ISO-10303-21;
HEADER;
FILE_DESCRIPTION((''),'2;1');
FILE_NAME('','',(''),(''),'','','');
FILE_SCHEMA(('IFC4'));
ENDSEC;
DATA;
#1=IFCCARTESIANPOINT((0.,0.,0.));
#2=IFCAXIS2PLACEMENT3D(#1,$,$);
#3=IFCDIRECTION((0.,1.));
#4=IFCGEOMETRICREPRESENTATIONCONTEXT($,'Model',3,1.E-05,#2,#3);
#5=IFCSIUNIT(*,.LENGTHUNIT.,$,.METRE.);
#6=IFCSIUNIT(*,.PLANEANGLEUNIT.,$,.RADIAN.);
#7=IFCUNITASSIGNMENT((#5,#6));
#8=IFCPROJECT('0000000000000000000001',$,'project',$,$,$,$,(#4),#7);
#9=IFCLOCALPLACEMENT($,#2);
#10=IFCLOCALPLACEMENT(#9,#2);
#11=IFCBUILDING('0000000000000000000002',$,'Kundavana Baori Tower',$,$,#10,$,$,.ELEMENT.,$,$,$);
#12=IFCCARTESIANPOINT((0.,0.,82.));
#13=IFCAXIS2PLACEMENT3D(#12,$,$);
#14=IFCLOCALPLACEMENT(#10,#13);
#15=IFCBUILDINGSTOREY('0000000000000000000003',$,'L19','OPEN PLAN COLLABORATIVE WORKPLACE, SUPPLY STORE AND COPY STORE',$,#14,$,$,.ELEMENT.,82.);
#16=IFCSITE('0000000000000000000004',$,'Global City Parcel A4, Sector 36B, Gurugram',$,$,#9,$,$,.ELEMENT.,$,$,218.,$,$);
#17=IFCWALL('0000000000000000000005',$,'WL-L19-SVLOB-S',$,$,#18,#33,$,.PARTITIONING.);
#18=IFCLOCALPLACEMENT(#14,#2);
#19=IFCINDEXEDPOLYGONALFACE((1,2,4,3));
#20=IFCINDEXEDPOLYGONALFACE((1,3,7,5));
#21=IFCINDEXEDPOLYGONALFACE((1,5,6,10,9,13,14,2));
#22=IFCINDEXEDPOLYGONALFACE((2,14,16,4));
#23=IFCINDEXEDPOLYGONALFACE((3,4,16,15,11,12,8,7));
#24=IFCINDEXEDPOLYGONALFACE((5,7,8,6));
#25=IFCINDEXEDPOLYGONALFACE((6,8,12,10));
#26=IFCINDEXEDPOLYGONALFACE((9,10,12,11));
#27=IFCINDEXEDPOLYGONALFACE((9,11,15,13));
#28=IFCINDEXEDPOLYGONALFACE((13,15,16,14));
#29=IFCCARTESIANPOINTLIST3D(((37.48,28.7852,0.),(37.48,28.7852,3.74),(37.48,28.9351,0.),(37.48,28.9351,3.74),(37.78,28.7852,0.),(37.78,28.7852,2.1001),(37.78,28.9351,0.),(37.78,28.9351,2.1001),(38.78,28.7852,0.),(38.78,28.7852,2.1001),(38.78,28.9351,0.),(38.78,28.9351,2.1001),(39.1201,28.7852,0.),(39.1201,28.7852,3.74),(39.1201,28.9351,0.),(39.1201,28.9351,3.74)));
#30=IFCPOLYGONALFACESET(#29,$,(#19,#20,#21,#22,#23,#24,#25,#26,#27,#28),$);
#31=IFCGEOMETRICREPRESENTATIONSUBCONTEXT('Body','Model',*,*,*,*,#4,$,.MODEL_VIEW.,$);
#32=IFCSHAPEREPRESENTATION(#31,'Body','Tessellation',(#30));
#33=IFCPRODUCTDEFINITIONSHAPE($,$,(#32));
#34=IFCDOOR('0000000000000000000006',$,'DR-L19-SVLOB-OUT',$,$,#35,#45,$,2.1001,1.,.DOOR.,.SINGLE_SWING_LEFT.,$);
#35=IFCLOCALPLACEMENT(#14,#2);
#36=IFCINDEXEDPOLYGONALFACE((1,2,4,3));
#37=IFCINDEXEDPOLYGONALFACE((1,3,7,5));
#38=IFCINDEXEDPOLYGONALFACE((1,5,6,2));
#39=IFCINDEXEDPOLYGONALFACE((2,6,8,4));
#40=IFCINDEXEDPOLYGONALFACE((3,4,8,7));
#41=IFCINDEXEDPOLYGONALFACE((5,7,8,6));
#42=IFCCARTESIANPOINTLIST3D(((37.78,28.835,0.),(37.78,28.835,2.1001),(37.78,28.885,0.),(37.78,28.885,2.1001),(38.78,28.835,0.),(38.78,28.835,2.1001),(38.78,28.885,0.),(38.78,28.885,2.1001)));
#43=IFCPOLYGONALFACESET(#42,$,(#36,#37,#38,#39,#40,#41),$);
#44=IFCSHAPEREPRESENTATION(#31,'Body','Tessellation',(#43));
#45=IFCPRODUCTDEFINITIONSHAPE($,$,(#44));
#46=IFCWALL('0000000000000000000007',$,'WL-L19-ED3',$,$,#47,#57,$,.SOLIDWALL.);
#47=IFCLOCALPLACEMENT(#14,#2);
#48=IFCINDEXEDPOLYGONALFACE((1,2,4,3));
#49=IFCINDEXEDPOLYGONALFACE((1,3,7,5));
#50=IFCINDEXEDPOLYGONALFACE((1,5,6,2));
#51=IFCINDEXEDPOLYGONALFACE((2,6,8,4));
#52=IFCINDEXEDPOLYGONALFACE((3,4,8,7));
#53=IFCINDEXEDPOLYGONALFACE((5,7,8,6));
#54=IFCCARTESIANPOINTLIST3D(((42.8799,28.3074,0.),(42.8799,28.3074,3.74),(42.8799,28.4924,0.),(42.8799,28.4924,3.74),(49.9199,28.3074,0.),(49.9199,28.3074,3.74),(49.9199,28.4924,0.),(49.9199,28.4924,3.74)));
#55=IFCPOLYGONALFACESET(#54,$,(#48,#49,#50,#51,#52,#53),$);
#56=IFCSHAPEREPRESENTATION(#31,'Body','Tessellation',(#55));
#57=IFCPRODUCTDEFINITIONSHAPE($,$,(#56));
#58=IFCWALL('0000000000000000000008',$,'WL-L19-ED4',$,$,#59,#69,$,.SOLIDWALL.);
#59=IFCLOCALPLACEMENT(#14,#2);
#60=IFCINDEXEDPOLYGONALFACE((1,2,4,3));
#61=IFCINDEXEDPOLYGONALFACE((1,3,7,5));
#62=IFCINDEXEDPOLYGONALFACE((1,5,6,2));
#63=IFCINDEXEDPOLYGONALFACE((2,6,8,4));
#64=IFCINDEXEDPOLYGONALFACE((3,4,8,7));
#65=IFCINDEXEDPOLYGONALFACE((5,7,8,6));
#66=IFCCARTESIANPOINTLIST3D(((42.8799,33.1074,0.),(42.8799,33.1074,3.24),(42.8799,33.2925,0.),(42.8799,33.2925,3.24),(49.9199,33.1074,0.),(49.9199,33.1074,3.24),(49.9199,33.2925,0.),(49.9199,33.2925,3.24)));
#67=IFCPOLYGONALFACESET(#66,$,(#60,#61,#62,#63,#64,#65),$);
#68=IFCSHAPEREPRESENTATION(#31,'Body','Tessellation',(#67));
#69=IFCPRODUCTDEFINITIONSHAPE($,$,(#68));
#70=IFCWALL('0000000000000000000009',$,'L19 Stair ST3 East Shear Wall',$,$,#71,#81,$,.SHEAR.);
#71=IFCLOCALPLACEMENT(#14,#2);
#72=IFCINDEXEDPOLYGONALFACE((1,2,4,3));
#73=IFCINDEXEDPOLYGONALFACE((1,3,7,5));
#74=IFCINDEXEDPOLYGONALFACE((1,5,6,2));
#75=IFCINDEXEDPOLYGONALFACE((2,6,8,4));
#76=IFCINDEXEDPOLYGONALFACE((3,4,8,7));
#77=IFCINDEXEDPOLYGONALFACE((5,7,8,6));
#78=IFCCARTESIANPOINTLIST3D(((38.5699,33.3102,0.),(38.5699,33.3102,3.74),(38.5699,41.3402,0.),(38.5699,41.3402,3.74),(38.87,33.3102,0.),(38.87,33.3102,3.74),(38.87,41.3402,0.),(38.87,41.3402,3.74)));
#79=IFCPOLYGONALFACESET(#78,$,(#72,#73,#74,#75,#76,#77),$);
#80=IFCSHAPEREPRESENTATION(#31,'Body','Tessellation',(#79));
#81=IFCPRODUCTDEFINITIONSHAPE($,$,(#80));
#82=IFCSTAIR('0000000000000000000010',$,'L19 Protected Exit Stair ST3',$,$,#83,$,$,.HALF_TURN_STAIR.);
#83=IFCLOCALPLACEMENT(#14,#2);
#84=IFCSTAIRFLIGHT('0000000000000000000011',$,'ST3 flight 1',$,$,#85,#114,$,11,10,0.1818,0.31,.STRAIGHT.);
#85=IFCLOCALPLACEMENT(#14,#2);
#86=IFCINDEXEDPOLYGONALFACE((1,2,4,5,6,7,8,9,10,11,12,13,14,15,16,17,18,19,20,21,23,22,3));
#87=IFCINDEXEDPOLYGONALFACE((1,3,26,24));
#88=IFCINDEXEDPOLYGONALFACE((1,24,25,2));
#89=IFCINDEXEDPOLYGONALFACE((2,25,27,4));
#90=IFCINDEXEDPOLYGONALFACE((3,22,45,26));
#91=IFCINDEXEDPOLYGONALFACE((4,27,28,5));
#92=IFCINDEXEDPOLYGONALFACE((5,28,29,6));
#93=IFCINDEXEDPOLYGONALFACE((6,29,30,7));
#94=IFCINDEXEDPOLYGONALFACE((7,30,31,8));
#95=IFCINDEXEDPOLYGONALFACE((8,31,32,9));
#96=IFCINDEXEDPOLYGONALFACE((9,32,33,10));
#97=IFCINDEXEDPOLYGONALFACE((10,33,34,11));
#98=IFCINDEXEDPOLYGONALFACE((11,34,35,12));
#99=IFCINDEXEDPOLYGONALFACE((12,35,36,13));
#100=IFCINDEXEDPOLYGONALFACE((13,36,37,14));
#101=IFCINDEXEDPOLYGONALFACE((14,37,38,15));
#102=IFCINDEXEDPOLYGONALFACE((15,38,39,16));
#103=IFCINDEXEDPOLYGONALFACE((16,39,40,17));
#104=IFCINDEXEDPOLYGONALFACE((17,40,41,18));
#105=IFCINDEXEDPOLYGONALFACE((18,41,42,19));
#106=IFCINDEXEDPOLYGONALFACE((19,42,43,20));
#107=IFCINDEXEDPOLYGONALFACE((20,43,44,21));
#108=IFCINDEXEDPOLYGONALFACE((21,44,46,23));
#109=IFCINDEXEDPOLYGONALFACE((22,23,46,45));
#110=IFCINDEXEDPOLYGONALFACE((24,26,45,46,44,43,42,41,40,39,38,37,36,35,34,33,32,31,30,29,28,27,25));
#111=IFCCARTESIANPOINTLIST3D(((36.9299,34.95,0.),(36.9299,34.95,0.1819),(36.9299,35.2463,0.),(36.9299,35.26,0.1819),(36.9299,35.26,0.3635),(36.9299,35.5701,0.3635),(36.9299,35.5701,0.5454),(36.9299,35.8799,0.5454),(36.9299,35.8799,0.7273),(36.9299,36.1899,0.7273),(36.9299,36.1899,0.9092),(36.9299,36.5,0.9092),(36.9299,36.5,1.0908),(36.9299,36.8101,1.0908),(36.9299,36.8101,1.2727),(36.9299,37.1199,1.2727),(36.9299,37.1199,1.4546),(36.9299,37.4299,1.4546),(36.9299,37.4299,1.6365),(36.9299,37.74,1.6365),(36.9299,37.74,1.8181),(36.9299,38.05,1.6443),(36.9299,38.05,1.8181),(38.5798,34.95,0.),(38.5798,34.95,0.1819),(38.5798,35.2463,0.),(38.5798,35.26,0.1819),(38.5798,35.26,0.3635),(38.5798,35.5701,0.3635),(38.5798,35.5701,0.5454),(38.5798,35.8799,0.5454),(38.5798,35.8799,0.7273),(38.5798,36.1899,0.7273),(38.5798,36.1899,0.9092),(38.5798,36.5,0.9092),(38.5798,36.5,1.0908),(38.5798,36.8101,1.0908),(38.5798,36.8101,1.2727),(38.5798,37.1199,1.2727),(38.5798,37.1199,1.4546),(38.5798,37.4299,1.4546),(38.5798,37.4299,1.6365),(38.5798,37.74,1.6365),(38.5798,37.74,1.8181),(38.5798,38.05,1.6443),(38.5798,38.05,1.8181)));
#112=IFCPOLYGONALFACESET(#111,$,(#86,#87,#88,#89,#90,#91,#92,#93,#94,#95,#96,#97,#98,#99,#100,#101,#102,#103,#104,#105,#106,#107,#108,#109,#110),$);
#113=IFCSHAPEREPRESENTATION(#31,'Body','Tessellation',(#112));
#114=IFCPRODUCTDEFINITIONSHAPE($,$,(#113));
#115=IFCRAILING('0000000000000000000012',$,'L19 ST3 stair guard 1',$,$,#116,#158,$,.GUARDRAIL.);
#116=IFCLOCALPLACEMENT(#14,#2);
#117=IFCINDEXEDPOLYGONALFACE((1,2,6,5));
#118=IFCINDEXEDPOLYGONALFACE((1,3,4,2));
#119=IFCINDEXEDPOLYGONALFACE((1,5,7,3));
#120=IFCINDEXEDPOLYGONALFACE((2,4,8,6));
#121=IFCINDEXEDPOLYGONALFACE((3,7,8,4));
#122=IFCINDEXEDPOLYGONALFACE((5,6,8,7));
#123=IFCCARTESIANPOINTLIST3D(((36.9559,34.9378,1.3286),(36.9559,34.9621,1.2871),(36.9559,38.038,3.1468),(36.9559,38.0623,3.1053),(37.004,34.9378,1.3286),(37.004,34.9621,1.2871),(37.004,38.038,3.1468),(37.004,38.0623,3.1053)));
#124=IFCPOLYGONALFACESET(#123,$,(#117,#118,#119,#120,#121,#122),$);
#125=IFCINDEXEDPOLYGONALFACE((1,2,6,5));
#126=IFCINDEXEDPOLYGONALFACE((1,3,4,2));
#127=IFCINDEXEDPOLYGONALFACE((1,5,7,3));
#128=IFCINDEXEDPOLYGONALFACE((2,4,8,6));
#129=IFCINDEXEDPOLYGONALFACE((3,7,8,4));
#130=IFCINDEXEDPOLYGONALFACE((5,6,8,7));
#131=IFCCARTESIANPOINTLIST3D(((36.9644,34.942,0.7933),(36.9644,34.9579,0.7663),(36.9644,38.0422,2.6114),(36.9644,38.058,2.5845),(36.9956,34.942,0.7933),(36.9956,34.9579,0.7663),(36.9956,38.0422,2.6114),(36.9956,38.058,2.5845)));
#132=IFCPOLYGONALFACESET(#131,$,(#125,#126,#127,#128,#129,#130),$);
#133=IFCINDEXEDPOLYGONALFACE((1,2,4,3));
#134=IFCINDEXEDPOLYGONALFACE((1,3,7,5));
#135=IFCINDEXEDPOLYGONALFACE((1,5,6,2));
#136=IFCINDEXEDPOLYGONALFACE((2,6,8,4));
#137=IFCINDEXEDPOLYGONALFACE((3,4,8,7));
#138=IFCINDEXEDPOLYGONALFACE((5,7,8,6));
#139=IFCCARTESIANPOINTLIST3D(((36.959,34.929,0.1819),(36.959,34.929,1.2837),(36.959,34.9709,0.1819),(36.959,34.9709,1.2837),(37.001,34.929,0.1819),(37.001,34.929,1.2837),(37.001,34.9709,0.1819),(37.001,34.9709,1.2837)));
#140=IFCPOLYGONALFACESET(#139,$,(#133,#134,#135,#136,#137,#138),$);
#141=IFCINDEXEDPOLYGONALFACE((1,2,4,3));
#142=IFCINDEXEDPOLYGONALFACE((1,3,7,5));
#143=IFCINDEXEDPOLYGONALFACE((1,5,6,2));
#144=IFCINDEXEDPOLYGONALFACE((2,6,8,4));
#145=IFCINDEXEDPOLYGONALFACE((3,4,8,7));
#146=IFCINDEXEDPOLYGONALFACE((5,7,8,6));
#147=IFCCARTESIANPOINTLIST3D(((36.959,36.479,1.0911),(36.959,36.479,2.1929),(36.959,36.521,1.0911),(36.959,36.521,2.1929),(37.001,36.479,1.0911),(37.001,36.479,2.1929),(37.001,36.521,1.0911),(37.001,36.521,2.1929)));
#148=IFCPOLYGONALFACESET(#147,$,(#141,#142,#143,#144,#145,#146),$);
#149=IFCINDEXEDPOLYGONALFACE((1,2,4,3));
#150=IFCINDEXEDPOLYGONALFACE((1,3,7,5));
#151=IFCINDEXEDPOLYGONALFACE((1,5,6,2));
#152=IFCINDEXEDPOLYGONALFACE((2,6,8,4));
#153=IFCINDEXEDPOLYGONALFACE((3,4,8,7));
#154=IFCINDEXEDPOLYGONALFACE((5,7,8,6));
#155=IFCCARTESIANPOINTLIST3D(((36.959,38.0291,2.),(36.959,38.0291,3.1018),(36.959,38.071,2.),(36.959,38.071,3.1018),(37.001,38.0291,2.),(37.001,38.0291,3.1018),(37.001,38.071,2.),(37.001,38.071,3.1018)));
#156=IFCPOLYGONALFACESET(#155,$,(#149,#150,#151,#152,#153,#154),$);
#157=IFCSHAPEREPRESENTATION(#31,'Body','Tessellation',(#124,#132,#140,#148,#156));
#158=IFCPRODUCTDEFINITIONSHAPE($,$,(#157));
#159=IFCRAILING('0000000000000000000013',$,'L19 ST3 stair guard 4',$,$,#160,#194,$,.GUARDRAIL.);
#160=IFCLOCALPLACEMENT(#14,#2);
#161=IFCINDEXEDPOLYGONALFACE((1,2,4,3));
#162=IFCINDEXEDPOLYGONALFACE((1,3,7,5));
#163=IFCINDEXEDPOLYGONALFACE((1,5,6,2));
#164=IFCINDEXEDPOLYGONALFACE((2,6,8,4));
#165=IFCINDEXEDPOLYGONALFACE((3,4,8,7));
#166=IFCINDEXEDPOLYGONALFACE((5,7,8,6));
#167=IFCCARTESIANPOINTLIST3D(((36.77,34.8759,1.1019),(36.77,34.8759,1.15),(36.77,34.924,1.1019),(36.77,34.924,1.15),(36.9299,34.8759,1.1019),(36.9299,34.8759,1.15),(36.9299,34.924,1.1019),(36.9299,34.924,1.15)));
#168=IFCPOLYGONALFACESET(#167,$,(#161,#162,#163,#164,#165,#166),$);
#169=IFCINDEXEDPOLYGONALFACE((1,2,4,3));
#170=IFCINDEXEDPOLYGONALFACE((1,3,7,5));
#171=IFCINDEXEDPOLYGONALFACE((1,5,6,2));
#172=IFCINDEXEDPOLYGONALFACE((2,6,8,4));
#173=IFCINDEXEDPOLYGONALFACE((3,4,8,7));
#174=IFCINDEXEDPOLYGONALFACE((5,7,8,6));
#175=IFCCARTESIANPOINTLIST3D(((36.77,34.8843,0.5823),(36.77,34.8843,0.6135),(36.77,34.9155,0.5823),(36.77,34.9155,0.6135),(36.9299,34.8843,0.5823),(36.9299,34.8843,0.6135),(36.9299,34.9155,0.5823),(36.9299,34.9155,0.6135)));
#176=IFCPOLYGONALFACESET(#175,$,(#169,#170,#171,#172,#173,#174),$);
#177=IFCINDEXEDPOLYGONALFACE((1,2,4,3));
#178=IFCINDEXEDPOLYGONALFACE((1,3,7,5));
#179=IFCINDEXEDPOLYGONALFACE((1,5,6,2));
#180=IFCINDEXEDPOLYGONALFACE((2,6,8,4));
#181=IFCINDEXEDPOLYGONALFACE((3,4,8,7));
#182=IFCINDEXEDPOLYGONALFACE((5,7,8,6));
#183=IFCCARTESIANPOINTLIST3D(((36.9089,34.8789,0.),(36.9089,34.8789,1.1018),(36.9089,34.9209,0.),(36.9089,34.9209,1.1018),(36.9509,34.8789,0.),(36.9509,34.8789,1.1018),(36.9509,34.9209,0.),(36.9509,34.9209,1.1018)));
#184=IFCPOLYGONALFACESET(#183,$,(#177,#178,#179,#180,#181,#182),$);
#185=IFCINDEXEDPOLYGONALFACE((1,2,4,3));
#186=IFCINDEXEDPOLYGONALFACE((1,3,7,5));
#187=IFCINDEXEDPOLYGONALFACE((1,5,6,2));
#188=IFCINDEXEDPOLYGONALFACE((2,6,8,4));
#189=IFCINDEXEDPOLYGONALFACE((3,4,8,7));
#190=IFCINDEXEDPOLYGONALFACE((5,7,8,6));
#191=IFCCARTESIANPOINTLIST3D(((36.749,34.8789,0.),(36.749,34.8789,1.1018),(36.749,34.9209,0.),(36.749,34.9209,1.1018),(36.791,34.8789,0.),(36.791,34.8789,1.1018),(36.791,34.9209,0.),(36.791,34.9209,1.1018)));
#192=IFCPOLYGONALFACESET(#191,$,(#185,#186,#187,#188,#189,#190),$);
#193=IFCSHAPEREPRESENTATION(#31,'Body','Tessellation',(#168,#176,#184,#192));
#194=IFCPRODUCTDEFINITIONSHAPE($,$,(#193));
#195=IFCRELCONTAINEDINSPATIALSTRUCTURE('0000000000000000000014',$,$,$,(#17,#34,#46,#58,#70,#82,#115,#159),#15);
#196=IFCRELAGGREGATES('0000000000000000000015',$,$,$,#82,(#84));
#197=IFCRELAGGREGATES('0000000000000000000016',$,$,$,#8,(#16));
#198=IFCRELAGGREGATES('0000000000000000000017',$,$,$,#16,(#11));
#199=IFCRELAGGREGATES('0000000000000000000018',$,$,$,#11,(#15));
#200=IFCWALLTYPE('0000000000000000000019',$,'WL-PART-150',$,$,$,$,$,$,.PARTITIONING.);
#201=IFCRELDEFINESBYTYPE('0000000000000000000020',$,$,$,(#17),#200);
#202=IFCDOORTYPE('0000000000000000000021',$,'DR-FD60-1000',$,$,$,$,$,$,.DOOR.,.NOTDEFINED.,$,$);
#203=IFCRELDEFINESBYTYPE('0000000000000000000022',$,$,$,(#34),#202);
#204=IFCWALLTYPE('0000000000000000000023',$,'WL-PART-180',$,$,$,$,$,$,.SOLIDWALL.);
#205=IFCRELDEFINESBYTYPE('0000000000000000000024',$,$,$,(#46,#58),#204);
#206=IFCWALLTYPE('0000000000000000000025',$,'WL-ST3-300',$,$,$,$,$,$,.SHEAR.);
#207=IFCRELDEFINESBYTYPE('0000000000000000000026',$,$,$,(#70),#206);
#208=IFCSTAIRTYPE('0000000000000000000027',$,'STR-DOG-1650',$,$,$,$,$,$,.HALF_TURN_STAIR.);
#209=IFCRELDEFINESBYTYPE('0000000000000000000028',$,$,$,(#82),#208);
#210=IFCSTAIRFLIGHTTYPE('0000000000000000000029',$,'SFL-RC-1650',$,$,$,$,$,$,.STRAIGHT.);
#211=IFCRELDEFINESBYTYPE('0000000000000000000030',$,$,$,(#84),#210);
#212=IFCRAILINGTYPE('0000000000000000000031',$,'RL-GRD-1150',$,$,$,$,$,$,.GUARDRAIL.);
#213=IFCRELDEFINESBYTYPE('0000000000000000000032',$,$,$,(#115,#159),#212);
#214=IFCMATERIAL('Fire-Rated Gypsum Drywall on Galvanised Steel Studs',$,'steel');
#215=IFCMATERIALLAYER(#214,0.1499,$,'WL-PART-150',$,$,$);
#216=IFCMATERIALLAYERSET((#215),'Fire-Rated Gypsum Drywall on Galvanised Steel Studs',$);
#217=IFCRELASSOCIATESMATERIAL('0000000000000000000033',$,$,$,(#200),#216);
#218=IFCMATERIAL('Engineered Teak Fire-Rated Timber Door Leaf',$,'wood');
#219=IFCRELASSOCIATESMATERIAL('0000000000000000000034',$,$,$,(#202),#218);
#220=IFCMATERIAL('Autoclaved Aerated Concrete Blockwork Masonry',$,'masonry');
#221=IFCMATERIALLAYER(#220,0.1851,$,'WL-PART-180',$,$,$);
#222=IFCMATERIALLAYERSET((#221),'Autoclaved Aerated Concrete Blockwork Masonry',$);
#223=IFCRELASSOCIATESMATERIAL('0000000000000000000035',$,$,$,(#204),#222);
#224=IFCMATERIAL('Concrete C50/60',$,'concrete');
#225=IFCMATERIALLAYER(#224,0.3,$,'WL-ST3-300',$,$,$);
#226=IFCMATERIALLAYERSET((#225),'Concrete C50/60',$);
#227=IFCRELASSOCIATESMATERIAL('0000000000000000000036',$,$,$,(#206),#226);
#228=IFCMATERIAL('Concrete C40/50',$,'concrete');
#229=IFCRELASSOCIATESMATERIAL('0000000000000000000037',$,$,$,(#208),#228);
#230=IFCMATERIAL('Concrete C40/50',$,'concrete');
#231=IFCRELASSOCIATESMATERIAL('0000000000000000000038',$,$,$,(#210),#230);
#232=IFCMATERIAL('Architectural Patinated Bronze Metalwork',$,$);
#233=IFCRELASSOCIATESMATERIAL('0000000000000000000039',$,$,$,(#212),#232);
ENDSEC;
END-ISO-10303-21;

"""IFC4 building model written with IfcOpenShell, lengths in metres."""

from ifc_helpers import new_model, si_unit, direction, frame, frame_2d, origin, origin_2d, place, context, subcontext, project, spatial, polyline, rectangle, outline, extrude, material, layer, layer_set, type_object, element, fill, aggregate, save


model = new_model("IFC4")

# Units and contexts
model_context = context("Model", 3, precision=1e-05, world=origin(), true_north=direction((0.0, 1.0)))
body_context = subcontext(model_context, "Body", "Model", "MODEL_VIEW")
ifc_project = project(units=[si_unit("LENGTHUNIT", "METRE"), si_unit("PLANEANGLEUNIT", "RADIAN")], contexts=[model_context])

# Site, building, storey
site_placement = place(None, origin())
site = spatial("IfcSite", under=ifc_project, at=site_placement, Name="Global City Parcel A4, Sector 36B, Gurugram", CompositionType="ELEMENT", RefElevation=218.0)
building_placement = place(site_placement, origin())
building = spatial("IfcBuilding", under=site, at=building_placement, Name="Kundavana Baori Tower", CompositionType="ELEMENT")
storey_placement = place(building_placement, frame((0.0, 0.0, 82.0)))
storey = spatial("IfcBuildingStorey", under=building, at=storey_placement, Name="L19", Description="OPEN PLAN COLLABORATIVE WORKPLACE, SUPPLY STORE AND COPY STORE", CompositionType="ELEMENT", Elevation=82.0)

# Shared definitions
ifc_material_1 = material(Name="Fire-Rated Gypsum Drywall on Galvanised Steel Studs", Category="steel")
ifc_layer_1 = layer(ifc_material_1, 0.1499, Name="WL-PART-150")
ifc_layer_set_1 = layer_set([ifc_layer_1], Name="Fire-Rated Gypsum Drywall on Galvanised Steel Studs")
wall_type_1 = type_object("IfcWallType", Name="WL-PART-150", PredefinedType="PARTITIONING", material=ifc_layer_set_1)

# Wall, opening, door
wall_1_placement = place(storey_placement, frame((37.48, 28.8601, 0.0), z_axis=(0.0, 0.0, 1.0), x_axis=(1.0, 0.0, 0.0)))
wall_1 = element("IfcWall", 1, at=wall_1_placement, inside=storey, type_object=wall_type_1, Name="WL-L19-SVLOB-S", PredefinedType="PARTITIONING", context=body_context, shape_type="SweptSolid", body=[
    extrude(rectangle(XDim=1.6401, YDim=0.1499, at=frame_2d((0.8201, 0.0))), origin(), (0.0, 0.0, 1.0), 3.74),
])
opening_1_placement = place(wall_1_placement, frame((0.3, 0.0, 0.0)))
opening_1 = element("IfcOpeningElement", 2, at=opening_1_placement, cuts=wall_1, PredefinedType="OPENING", context=body_context, shape_type="SweptSolid", body=[
    extrude(rectangle(XDim=1.0, YDim=2.1001, at=frame_2d((0.5, 1.05))), frame((0.0, 0.085, 0.0), z_axis=(0.0, -1.0, 0.0), x_axis=(1.0, 0.0, 0.0)), (0.0, 0.0, 1.0), 0.1699),
])
ifc_material_2 = material(Name="Engineered Teak Fire-Rated Timber Door Leaf", Category="wood")
door_type_1 = type_object("IfcDoorType", Name="DR-FD60-1000", OperationType="NOTDEFINED", PredefinedType="DOOR", material=ifc_material_2)
door_1_placement = place(opening_1_placement, origin())
door_1 = element("IfcDoor", 3, at=door_1_placement, inside=storey, type_object=door_type_1, Name="DR-L19-SVLOB-OUT", OperationType="SINGLE_SWING_LEFT", OverallHeight=2.1001, OverallWidth=1.0, PredefinedType="DOOR", context=body_context, shape_type="SweptSolid", body=[
    extrude(rectangle(XDim=1.0, YDim=2.1001, at=frame_2d((0.5, 1.05))), frame((0.0, 0.0249, 0.0), z_axis=(0.0, -1.0, 0.0), x_axis=(1.0, 0.0, 0.0)), (0.0, 0.0, 1.0), 0.05),
])
fill(opening_1, door_1)

# Walls
ifc_material_3 = material(Name="Autoclaved Aerated Concrete Blockwork Masonry", Category="masonry")
ifc_layer_2 = layer(ifc_material_3, 0.1851, Name="WL-PART-180")
ifc_layer_set_2 = layer_set([ifc_layer_2], Name="Autoclaved Aerated Concrete Blockwork Masonry")
wall_type_2 = type_object("IfcWallType", Name="WL-PART-180", PredefinedType="SOLIDWALL", material=ifc_layer_set_2)
wall_2_placement = place(storey_placement, frame((42.8799, 28.3999, 0.0), z_axis=(0.0, 0.0, 1.0), x_axis=(1.0, 0.0, 0.0)))
element("IfcWall", 4, at=wall_2_placement, inside=storey, type_object=wall_type_2, Name="WL-L19-ED3", PredefinedType="SOLIDWALL", context=body_context, shape_type="SweptSolid", body=[
    extrude(rectangle(XDim=7.04, YDim=0.1851, at=frame_2d((3.52, 0.0))), origin(), (0.0, 0.0, 1.0), 3.74),
])
wall_3_placement = place(storey_placement, frame((42.8799, 33.2, 0.0), z_axis=(0.0, 0.0, 1.0), x_axis=(1.0, 0.0, 0.0)))
element("IfcWall", 5, at=wall_3_placement, inside=storey, type_object=wall_type_2, Name="WL-L19-ED4", PredefinedType="SOLIDWALL", context=body_context, shape_type="SweptSolid", body=[
    extrude(rectangle(XDim=7.04, YDim=0.1851, at=frame_2d((3.52, 0.0))), origin(), (0.0, 0.0, 1.0), 3.24),
])

# Wall
ifc_material_4 = material(Name="Concrete C50/60", Category="concrete")
ifc_layer_3 = layer(ifc_material_4, 0.3, Name="WL-ST3-300")
ifc_layer_set_3 = layer_set([ifc_layer_3], Name="Concrete C50/60")
wall_type_3 = type_object("IfcWallType", Name="WL-ST3-300", PredefinedType="SHEAR", material=ifc_layer_set_3)
wall_4_placement = place(storey_placement, frame((38.72, 33.3101, 0.0), z_axis=(0.0, 0.0, 1.0), x_axis=(0.0, 1.0, 0.0)))
element("IfcWall", 6, at=wall_4_placement, inside=storey, type_object=wall_type_3, Name="L19 Stair ST3 East Shear Wall", PredefinedType="SHEAR", context=body_context, shape_type="SweptSolid", body=[
    extrude(rectangle(XDim=8.03, YDim=0.3, at=frame_2d((4.0151, 0.0))), origin(), (0.0, 0.0, 1.0), 3.74),
])

# Stair, stair flight
ifc_material_5 = material(Name="Concrete C40/50", Category="concrete")
stair_type = type_object("IfcStairType", Name="STR-DOG-1650", PredefinedType="HALF_TURN_STAIR", material=ifc_material_5)
stair_placement = place(storey_placement, origin())
stair = element("IfcStair", 7, at=stair_placement, inside=storey, type_object=stair_type, Name="L19 Protected Exit Stair ST3", PredefinedType="HALF_TURN_STAIR")
ifc_material_6 = material(Name="Concrete C40/50", Category="concrete")
stair_flight_type = type_object("IfcStairFlightType", Name="SFL-RC-1650", PredefinedType="STRAIGHT", material=ifc_material_6)
stair_flight_placement = place(storey_placement, frame((37.7549, 34.95, 0.0), z_axis=(0.0, 0.0, 1.0), x_axis=(0.0, 1.0, 0.0)))
stair_flight = element("IfcStairFlight", 8, at=stair_flight_placement, type_object=stair_flight_type, Name="ST3 flight 1", NumberOfRisers=11, NumberOfTreads=10, PredefinedType="STRAIGHT", RiserHeight=0.1818, TreadLength=0.31, context=body_context, shape_type="SweptSolid", body=[
    extrude(outline(polyline([(0.0, 0.0), (0.0, 0.1819), (0.3101, 0.1819), (0.3101, 0.3635), (0.6201, 0.3635), (0.6201, 0.5454), (0.9299, 0.5454), (0.9299, 0.7273), (1.24, 0.7273), (1.24, 0.9092), (1.55, 0.9092), (1.55, 1.0908), (1.8601, 1.0908), (1.8601, 1.2727), (2.1699, 1.2727), (2.1699, 1.4546), (2.48, 1.4546), (2.48, 1.6365), (2.79, 1.6365), (2.79, 1.8181), (3.1001, 1.8181), (3.1001, 2.0), (3.1001, 1.6443), (0.2964, 0.0), (0.0, 0.0)])), frame((0.0, 0.825, 0.0), z_axis=(0.0, -1.0, 0.0), x_axis=(1.0, 0.0, 0.0)), (0.0, 0.0, 1.0), 1.6499),
])
aggregate(stair, [stair_flight])

# Railings
ifc_material_7 = material(Name="Architectural Patinated Bronze Metalwork")
railing_type = type_object("IfcRailingType", Name="RL-GRD-1150", PredefinedType="GUARDRAIL", material=ifc_material_7)
railing_1_placement = place(storey_placement, frame((36.98, 34.95, 0.1819)))
element("IfcRailing", 9, at=railing_1_placement, inside=storey, type_object=railing_type, Name="L19 ST3 stair guard 1", PredefinedType="GUARDRAIL", context=body_context, shape_type="SweptSolid", body=[
    extrude(rectangle(XDim=0.0481, YDim=0.0481, at=origin_2d()), frame((0.0, 0.0, 1.126), z_axis=(0.0, 0.862599, 0.505889), x_axis=(-1.0, 0.0, 0.0)), (0.0, 0.0, 1.0), 3.594),
    extrude(rectangle(XDim=0.0312, YDim=0.0312, at=origin_2d()), frame((0.0, 0.0, 0.5979), z_axis=(0.0, 0.862599, 0.505889), x_axis=(-1.0, 0.0, 0.0)), (0.0, 0.0, 1.0), 3.594),
    extrude(rectangle(XDim=0.042, YDim=0.042, at=origin_2d()), origin(), (0.0, 0.0, 1.0), 1.1018),
    extrude(rectangle(XDim=0.042, YDim=0.042, at=origin_2d()), frame((0.0, 1.55, 0.9092)), (0.0, 0.0, 1.0), 1.1018),
    extrude(rectangle(XDim=0.042, YDim=0.042, at=origin_2d()), frame((0.0, 3.1001, 1.8181)), (0.0, 0.0, 1.0), 1.1018),
])
railing_2_placement = place(storey_placement, frame((36.9299, 34.8999, 0.0)))
element("IfcRailing", 10, at=railing_2_placement, inside=storey, type_object=railing_type, Name="L19 ST3 stair guard 4", PredefinedType="GUARDRAIL", context=body_context, shape_type="SweptSolid", body=[
    extrude(rectangle(XDim=0.0481, YDim=0.0481, at=origin_2d()), frame((0.0, 0.0, 1.126), z_axis=(-1.0, 0.0, 0.0), x_axis=(0.0, -1.0, 0.0)), (0.0, 0.0, 1.0), 0.1599),
    extrude(rectangle(XDim=0.0312, YDim=0.0312, at=origin_2d()), frame((0.0, 0.0, 0.5979), z_axis=(-1.0, 0.0, 0.0), x_axis=(0.0, -1.0, 0.0)), (0.0, 0.0, 1.0), 0.1599),
    extrude(rectangle(XDim=0.042, YDim=0.042, at=origin_2d()), origin(), (0.0, 0.0, 1.0), 1.1018),
    extrude(rectangle(XDim=0.042, YDim=0.042, at=origin_2d()), frame((-0.1599, 0.0, 0.0)), (0.0, 0.0, 1.0), 1.1018),
])

save(model, "model.ifc")
